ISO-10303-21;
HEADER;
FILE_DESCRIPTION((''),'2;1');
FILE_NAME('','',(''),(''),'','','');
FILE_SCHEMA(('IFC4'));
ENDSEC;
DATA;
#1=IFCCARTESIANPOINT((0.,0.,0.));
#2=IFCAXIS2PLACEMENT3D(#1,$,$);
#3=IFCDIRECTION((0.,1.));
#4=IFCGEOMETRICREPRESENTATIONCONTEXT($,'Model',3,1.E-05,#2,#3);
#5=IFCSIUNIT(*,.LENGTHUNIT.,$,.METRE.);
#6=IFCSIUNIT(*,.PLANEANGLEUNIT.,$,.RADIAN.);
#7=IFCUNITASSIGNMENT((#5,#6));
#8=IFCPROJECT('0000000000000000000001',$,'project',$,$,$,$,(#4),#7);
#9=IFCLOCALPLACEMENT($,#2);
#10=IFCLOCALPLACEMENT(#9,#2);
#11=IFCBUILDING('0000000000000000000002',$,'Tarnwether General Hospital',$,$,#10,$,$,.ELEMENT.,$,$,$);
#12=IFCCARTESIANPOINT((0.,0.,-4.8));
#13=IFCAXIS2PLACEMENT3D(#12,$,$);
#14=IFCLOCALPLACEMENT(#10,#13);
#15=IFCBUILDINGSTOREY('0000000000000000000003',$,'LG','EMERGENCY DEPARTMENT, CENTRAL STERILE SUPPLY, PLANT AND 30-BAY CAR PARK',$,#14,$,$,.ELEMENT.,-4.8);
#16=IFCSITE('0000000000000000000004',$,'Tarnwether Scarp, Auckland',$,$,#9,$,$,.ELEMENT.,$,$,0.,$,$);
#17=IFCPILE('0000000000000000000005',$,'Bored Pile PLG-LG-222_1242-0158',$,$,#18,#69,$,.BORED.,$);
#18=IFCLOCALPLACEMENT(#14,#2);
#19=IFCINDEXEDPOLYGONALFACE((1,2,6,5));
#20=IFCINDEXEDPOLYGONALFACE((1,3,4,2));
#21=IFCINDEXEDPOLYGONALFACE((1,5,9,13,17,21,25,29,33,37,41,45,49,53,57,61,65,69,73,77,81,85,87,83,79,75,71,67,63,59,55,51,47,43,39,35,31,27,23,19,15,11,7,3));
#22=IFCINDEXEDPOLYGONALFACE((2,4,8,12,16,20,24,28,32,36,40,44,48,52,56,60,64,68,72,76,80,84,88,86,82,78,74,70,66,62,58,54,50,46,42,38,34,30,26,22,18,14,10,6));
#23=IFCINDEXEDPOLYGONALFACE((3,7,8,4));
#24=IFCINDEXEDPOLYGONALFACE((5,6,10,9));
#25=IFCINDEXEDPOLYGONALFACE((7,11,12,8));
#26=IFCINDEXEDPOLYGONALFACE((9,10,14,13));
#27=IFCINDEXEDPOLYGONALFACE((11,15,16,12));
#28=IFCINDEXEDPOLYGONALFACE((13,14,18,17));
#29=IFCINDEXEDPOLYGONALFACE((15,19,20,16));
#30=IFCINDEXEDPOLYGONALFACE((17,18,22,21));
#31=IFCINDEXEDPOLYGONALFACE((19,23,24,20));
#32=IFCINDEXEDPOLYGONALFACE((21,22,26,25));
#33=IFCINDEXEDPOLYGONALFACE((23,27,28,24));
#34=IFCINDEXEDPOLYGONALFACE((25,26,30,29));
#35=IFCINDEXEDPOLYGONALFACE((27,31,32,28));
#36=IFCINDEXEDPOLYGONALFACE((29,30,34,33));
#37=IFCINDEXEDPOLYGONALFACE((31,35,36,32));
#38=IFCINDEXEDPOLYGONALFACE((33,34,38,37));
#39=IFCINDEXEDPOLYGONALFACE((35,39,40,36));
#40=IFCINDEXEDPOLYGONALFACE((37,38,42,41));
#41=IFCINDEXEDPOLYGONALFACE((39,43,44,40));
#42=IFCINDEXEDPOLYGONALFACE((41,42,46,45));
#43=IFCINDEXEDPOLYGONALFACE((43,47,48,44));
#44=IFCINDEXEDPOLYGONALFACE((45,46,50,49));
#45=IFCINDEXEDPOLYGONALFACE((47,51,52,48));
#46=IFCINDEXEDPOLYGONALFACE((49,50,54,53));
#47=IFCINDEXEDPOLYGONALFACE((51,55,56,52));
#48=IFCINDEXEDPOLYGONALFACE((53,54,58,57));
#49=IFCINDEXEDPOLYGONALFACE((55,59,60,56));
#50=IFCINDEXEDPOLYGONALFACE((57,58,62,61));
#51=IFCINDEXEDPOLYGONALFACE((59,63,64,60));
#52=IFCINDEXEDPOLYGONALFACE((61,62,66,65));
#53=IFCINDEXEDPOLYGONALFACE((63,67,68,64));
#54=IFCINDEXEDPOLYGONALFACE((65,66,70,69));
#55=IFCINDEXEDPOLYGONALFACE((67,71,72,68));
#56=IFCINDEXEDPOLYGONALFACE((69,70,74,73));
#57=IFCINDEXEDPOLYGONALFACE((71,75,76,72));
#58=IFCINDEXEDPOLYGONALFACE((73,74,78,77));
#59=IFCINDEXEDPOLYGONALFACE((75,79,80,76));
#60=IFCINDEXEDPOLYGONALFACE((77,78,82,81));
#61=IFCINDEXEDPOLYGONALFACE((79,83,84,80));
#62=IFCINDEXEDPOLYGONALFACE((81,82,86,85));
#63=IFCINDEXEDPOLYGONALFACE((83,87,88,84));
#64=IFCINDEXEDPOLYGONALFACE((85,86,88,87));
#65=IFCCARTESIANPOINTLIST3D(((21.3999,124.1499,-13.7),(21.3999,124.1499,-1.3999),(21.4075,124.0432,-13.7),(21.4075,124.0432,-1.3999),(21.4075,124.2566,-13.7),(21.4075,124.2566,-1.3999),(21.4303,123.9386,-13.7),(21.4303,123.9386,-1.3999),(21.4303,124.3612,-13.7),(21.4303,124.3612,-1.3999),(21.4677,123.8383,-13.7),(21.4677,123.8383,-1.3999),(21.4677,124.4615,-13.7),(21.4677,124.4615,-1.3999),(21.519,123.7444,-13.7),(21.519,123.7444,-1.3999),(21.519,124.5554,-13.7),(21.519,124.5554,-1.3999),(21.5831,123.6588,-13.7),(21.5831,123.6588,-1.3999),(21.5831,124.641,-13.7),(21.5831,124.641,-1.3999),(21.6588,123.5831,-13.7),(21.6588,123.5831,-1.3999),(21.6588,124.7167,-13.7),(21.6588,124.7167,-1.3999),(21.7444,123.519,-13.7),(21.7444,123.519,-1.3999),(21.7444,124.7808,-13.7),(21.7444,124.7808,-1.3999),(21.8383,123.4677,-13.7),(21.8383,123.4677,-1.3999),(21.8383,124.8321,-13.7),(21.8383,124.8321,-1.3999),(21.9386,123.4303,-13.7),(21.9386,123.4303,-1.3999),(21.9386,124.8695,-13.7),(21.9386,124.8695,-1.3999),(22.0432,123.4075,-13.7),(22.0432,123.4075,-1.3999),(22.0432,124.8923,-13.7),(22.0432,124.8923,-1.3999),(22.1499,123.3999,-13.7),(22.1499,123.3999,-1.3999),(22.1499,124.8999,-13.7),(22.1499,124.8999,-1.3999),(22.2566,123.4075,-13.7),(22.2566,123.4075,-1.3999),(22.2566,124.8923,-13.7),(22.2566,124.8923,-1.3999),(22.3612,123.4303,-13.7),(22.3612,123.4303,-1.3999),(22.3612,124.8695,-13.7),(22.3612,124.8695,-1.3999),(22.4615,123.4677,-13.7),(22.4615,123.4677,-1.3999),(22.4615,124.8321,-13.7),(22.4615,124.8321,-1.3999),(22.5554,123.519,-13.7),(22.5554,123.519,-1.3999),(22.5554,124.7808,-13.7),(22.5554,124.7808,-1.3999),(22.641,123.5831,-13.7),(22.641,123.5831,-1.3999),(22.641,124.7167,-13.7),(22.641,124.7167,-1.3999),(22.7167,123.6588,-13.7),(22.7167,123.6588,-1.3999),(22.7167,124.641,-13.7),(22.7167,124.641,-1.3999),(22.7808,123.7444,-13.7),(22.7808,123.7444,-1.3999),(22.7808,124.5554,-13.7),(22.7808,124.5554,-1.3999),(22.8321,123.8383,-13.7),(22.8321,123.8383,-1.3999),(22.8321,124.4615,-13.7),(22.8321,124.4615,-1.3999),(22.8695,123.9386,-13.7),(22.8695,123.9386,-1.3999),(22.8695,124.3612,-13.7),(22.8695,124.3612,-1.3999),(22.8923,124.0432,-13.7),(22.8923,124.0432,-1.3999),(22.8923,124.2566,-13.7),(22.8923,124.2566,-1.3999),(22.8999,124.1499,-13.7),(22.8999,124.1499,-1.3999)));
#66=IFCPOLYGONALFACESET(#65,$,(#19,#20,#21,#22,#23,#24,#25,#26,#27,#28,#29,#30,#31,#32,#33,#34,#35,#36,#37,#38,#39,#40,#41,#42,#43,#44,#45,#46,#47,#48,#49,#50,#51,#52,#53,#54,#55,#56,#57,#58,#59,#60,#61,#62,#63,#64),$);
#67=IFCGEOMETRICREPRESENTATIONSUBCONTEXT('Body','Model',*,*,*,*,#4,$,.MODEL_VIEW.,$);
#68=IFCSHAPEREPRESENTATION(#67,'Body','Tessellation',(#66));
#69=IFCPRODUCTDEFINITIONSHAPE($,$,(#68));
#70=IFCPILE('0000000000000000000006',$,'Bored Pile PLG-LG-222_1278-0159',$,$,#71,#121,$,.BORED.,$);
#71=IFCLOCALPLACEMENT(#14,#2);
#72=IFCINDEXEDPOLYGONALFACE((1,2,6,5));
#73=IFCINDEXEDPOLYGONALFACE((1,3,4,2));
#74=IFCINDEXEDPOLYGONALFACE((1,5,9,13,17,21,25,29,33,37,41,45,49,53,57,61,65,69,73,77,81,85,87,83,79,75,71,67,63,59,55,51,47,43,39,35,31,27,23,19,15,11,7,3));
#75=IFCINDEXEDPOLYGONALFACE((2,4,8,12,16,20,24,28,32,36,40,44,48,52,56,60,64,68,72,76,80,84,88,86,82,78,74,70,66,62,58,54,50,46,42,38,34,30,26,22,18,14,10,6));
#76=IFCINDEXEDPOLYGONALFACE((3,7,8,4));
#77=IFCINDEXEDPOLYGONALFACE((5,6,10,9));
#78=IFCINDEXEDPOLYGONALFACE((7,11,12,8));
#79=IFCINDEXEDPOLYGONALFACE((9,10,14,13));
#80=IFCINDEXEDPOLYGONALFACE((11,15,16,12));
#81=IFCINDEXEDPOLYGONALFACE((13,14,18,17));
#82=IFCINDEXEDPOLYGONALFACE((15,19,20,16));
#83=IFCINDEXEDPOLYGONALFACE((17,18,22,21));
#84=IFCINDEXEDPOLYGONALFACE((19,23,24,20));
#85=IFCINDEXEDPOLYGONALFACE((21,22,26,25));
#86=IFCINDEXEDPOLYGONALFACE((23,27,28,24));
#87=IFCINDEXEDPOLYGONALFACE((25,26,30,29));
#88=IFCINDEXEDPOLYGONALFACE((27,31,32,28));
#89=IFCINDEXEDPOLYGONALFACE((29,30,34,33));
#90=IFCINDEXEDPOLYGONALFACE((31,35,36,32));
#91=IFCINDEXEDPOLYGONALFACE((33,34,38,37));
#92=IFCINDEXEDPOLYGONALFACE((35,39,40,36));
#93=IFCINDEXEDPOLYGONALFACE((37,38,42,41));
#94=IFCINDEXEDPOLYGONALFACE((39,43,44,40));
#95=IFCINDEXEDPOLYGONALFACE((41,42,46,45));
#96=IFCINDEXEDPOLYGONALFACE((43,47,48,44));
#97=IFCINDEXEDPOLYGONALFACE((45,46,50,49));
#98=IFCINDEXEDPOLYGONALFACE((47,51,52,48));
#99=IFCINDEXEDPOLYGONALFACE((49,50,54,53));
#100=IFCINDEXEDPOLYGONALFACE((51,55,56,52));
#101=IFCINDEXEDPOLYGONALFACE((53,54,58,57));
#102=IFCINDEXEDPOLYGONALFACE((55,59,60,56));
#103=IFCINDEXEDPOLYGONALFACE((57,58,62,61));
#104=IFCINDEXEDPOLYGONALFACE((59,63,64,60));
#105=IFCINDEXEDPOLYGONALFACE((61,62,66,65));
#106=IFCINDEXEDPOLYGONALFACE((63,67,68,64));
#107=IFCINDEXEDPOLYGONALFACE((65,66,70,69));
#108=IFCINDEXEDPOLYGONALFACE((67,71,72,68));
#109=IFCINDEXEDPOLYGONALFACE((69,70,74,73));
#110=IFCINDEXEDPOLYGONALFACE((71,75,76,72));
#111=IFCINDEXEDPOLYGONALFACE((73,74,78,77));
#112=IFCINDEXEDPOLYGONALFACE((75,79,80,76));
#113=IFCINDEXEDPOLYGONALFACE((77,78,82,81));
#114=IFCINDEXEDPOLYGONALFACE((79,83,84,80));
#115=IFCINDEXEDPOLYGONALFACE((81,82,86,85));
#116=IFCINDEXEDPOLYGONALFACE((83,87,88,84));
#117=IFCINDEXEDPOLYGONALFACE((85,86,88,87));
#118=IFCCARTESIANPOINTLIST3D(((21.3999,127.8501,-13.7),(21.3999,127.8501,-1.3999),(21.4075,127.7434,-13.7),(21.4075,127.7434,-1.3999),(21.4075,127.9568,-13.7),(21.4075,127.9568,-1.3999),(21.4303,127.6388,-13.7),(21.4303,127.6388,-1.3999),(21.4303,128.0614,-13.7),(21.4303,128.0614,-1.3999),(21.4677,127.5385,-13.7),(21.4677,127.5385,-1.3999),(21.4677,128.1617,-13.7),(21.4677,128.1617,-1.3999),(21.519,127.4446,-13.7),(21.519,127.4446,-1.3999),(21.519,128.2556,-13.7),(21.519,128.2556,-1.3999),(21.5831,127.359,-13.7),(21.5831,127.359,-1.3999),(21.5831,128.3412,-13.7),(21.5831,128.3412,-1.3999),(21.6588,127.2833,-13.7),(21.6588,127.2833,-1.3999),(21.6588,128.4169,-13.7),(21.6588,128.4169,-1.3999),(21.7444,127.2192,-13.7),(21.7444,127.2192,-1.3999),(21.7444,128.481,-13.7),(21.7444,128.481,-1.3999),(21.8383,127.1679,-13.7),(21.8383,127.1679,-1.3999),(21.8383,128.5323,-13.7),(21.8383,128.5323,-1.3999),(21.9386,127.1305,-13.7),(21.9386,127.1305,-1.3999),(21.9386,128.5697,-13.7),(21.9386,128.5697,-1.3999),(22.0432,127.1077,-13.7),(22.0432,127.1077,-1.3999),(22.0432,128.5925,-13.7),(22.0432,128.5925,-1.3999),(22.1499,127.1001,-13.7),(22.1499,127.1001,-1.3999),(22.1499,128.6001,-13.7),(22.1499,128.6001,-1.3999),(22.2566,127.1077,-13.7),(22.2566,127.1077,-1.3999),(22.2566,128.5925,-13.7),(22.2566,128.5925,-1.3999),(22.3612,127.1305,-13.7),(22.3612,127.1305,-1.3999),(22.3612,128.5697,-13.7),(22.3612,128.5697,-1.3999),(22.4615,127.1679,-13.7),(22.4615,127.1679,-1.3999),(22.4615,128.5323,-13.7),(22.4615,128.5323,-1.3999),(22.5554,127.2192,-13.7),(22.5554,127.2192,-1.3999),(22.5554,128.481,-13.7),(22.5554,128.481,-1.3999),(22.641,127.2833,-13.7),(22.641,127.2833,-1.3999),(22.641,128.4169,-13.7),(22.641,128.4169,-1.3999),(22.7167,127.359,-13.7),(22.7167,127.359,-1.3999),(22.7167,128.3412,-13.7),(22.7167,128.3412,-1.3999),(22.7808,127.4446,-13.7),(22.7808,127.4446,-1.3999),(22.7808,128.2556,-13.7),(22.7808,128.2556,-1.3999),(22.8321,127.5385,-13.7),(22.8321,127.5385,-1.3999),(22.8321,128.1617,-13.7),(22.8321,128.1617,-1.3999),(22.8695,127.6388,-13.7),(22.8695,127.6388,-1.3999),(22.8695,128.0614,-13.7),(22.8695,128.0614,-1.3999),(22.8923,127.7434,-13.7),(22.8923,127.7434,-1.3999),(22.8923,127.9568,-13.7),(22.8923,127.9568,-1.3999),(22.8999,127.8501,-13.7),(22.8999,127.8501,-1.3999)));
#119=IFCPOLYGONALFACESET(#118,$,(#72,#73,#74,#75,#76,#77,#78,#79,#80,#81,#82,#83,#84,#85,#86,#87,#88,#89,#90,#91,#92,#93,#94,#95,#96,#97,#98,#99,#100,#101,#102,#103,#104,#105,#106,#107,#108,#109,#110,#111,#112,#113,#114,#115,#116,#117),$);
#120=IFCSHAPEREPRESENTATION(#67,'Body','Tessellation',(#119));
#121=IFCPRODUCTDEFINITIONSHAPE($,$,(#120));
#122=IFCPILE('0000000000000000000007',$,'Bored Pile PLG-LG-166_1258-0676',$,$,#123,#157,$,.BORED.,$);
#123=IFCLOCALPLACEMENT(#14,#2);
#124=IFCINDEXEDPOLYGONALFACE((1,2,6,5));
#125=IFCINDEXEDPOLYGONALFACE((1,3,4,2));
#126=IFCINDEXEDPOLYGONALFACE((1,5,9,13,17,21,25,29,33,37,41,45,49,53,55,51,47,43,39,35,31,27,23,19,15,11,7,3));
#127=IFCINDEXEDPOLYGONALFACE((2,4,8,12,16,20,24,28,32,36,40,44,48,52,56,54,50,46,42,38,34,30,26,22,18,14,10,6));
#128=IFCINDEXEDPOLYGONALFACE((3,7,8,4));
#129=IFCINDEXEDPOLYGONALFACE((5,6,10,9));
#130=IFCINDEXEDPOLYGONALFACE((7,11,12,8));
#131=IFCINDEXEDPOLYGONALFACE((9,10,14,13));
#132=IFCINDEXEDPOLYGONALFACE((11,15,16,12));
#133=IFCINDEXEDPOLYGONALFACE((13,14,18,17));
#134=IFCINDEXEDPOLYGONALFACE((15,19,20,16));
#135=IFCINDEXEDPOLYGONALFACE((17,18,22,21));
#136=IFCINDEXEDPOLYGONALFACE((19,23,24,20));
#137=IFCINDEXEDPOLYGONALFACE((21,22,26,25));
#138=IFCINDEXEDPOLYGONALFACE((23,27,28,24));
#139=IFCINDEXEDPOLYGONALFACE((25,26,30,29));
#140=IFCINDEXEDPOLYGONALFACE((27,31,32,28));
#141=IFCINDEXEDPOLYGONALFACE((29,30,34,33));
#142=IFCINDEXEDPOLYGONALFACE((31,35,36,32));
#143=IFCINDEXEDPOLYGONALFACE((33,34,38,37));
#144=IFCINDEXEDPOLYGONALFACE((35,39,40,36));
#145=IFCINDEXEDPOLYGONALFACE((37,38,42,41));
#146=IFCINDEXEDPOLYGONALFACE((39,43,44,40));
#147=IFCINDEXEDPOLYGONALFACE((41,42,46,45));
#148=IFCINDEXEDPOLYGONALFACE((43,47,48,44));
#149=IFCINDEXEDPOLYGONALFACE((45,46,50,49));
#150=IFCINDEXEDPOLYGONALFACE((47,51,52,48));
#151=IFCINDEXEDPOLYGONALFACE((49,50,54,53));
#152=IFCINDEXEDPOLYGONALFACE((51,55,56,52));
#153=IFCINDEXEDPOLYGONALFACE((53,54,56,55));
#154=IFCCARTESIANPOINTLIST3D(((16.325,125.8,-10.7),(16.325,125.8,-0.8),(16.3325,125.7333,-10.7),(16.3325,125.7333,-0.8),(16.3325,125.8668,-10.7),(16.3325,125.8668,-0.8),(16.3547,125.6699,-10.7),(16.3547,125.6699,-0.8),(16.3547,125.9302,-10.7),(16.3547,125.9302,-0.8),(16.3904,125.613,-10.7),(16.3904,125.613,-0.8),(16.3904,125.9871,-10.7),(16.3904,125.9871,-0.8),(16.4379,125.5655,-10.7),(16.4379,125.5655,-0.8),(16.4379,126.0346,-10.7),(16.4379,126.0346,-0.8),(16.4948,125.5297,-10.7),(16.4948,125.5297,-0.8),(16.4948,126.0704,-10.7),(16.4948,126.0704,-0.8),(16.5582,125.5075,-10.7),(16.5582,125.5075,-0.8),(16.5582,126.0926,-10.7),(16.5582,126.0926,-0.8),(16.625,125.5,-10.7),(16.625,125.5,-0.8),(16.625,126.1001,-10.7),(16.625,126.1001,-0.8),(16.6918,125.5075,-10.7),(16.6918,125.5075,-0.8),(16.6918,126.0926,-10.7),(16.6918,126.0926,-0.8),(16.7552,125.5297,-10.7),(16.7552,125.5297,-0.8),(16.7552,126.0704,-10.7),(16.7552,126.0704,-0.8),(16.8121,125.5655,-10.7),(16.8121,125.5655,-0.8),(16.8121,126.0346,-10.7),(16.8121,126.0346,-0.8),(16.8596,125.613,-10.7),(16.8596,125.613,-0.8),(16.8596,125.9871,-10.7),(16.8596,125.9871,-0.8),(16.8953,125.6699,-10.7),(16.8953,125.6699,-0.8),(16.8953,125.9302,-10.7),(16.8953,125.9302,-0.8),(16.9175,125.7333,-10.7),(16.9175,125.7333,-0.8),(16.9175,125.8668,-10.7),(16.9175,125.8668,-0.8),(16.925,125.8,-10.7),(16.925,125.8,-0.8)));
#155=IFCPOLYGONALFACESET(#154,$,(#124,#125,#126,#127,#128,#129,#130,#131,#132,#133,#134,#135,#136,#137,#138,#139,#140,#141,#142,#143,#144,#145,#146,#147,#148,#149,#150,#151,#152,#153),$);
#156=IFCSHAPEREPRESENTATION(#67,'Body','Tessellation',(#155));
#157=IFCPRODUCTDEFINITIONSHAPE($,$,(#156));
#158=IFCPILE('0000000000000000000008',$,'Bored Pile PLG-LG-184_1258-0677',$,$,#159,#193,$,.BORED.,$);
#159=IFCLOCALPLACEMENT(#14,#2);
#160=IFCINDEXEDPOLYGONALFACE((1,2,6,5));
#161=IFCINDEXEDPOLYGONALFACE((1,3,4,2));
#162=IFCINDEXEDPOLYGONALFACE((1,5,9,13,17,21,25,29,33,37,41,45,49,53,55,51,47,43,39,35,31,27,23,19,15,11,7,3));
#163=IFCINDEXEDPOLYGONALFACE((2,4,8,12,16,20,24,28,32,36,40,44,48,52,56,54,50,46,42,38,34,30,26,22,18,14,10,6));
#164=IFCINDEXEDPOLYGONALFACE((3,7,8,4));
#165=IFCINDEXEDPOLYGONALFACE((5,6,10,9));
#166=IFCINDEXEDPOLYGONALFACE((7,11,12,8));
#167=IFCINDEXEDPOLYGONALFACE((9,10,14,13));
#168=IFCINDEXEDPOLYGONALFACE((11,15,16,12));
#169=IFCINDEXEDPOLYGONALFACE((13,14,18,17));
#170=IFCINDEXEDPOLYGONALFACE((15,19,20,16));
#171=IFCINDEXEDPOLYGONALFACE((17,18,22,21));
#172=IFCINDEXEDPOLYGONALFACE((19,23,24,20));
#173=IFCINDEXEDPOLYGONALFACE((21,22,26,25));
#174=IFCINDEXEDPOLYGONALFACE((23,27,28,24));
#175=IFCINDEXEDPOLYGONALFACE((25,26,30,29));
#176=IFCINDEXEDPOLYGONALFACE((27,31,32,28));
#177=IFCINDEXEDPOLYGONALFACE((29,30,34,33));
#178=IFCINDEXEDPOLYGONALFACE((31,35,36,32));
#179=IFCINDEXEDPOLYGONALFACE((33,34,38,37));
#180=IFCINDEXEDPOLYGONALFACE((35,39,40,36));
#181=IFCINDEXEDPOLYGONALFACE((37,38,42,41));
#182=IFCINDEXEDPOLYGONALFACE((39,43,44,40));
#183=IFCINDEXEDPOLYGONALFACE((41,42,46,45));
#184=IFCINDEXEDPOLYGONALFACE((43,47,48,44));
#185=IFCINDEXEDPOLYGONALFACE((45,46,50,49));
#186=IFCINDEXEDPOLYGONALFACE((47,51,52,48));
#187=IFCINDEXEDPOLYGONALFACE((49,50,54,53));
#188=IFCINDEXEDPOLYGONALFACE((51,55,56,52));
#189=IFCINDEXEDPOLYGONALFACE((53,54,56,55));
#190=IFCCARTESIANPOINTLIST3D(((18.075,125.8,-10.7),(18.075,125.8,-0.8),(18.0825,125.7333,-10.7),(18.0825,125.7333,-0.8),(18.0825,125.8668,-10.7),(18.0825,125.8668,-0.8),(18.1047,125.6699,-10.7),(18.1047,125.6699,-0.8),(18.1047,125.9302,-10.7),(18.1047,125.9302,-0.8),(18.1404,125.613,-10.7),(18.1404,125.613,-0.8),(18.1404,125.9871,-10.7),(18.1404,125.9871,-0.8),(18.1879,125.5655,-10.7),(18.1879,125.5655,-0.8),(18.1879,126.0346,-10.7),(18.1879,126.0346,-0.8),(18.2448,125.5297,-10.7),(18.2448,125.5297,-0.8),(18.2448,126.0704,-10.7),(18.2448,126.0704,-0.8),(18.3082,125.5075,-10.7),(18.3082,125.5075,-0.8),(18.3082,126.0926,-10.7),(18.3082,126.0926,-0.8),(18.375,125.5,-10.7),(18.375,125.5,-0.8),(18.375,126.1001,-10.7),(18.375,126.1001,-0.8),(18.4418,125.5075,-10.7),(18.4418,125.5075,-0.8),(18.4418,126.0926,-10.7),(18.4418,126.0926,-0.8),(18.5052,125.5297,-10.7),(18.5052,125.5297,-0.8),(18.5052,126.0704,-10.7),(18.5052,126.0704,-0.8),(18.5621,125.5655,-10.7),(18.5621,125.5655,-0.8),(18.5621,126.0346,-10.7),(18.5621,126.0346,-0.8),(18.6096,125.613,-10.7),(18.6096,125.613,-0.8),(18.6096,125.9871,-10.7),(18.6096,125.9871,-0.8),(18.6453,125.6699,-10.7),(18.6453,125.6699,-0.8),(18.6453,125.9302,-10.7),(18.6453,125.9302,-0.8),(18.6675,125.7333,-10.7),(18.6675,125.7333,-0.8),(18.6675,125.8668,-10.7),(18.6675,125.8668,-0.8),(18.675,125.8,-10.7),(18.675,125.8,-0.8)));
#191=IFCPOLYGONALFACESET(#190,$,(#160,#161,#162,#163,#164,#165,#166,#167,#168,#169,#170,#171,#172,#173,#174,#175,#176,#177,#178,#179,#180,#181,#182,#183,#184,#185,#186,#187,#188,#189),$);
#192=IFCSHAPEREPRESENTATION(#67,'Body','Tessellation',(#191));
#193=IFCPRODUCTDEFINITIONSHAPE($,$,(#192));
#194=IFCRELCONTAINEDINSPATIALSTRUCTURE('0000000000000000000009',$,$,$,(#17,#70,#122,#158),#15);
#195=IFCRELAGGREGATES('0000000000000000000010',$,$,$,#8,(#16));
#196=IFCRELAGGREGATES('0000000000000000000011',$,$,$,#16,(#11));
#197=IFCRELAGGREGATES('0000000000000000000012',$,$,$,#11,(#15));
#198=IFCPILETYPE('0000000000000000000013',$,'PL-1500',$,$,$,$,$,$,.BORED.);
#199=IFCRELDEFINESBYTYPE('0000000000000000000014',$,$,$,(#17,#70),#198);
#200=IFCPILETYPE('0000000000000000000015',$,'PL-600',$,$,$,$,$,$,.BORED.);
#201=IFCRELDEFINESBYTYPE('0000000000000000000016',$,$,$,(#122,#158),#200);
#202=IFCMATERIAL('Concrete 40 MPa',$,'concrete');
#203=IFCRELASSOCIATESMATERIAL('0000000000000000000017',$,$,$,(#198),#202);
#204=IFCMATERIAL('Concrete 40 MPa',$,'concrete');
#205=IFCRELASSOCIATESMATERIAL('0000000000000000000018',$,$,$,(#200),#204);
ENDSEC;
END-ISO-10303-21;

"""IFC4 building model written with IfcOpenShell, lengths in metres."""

from ifc_helpers import new_model, si_unit, direction, frame, origin, origin_2d, place, context, subcontext, project, spatial, circle, extrude, material, material_profile, profile_set, type_object, element, save


model = new_model("IFC4")

# Units and contexts
model_context = context("Model", 3, precision=1e-05, world=origin(), true_north=direction((0.0, 1.0)))
body_context = subcontext(model_context, "Body", "Model", "MODEL_VIEW")
ifc_project = project(units=[si_unit("LENGTHUNIT", "METRE"), si_unit("PLANEANGLEUNIT", "RADIAN")], contexts=[model_context])

# Site, building, storey
site_placement = place(None, origin())
site = spatial("IfcSite", under=ifc_project, at=site_placement, Name="Tarnwether Scarp, Auckland", CompositionType="ELEMENT", RefElevation=0.0)
building_placement = place(site_placement, origin())
building = spatial("IfcBuilding", under=site, at=building_placement, Name="Tarnwether General Hospital", CompositionType="ELEMENT")
storey_placement = place(building_placement, frame((0.0, 0.0, -4.8)))
storey = spatial("IfcBuildingStorey", under=building, at=storey_placement, Name="LG", Description="EMERGENCY DEPARTMENT, CENTRAL STERILE SUPPLY, PLANT AND 30-BAY CAR PARK", CompositionType="ELEMENT", Elevation=-4.8)

# Piles
ifc_material_1 = material(Name="Concrete 40 MPa", Category="concrete")
ifc_material_profile_1 = material_profile(ifc_material_1, circle(Radius=0.75, at=origin_2d()), Name="PILE-D1500")
ifc_profile_set_1 = profile_set([ifc_material_profile_1], Name="Concrete 40 MPa")
pile_type_1 = type_object("IfcPileType", Name="PL-1500", PredefinedType="BORED", material=ifc_profile_set_1)
for number, where, z_axis, x_axis, name in (
    (1, (22.1499, 124.1499, -1.3999), (0.0, 0.0, -1.0), (1.0, 0.0, 0.0), "Bored Pile PLG-LG-222_1242-0158"),
    (2, (22.1499, 127.8501, -1.3999), (0.0, 0.0, -1.0), (1.0, 0.0, 0.0), "Bored Pile PLG-LG-222_1278-0159"),
):
    element("IfcPile", number, at=place(storey_placement, frame(where, z_axis=z_axis, x_axis=x_axis)), inside=storey, type_object=pile_type_1, Name=name, PredefinedType="BORED", context=body_context, shape_type="SweptSolid", body=[
        extrude(circle(Radius=0.75, at=origin_2d()), origin(), (0.0, 0.0, 1.0), 12.3),
    ])
ifc_material_2 = material(Name="Concrete 40 MPa", Category="concrete")
ifc_material_profile_2 = material_profile(ifc_material_2, circle(Radius=0.3, at=origin_2d()), Name="PILE-D600")
ifc_profile_set_2 = profile_set([ifc_material_profile_2], Name="Concrete 40 MPa")
pile_type_2 = type_object("IfcPileType", Name="PL-600", PredefinedType="BORED", material=ifc_profile_set_2)
for number, where, z_axis, x_axis, name in (
    (3, (16.625, 125.8, -0.8), (0.0, 0.0, -1.0), (1.0, 0.0, 0.0), "Bored Pile PLG-LG-166_1258-0676"),
    (4, (18.375, 125.8, -0.8), (0.0, 0.0, -1.0), (1.0, 0.0, 0.0), "Bored Pile PLG-LG-184_1258-0677"),
):
    element("IfcPile", number, at=place(storey_placement, frame(where, z_axis=z_axis, x_axis=x_axis)), inside=storey, type_object=pile_type_2, Name=name, PredefinedType="BORED", context=body_context, shape_type="SweptSolid", body=[
        extrude(circle(Radius=0.3, at=origin_2d()), origin(), (0.0, 0.0, 1.0), 9.8999),
    ])

save(model, "model.ifc")
